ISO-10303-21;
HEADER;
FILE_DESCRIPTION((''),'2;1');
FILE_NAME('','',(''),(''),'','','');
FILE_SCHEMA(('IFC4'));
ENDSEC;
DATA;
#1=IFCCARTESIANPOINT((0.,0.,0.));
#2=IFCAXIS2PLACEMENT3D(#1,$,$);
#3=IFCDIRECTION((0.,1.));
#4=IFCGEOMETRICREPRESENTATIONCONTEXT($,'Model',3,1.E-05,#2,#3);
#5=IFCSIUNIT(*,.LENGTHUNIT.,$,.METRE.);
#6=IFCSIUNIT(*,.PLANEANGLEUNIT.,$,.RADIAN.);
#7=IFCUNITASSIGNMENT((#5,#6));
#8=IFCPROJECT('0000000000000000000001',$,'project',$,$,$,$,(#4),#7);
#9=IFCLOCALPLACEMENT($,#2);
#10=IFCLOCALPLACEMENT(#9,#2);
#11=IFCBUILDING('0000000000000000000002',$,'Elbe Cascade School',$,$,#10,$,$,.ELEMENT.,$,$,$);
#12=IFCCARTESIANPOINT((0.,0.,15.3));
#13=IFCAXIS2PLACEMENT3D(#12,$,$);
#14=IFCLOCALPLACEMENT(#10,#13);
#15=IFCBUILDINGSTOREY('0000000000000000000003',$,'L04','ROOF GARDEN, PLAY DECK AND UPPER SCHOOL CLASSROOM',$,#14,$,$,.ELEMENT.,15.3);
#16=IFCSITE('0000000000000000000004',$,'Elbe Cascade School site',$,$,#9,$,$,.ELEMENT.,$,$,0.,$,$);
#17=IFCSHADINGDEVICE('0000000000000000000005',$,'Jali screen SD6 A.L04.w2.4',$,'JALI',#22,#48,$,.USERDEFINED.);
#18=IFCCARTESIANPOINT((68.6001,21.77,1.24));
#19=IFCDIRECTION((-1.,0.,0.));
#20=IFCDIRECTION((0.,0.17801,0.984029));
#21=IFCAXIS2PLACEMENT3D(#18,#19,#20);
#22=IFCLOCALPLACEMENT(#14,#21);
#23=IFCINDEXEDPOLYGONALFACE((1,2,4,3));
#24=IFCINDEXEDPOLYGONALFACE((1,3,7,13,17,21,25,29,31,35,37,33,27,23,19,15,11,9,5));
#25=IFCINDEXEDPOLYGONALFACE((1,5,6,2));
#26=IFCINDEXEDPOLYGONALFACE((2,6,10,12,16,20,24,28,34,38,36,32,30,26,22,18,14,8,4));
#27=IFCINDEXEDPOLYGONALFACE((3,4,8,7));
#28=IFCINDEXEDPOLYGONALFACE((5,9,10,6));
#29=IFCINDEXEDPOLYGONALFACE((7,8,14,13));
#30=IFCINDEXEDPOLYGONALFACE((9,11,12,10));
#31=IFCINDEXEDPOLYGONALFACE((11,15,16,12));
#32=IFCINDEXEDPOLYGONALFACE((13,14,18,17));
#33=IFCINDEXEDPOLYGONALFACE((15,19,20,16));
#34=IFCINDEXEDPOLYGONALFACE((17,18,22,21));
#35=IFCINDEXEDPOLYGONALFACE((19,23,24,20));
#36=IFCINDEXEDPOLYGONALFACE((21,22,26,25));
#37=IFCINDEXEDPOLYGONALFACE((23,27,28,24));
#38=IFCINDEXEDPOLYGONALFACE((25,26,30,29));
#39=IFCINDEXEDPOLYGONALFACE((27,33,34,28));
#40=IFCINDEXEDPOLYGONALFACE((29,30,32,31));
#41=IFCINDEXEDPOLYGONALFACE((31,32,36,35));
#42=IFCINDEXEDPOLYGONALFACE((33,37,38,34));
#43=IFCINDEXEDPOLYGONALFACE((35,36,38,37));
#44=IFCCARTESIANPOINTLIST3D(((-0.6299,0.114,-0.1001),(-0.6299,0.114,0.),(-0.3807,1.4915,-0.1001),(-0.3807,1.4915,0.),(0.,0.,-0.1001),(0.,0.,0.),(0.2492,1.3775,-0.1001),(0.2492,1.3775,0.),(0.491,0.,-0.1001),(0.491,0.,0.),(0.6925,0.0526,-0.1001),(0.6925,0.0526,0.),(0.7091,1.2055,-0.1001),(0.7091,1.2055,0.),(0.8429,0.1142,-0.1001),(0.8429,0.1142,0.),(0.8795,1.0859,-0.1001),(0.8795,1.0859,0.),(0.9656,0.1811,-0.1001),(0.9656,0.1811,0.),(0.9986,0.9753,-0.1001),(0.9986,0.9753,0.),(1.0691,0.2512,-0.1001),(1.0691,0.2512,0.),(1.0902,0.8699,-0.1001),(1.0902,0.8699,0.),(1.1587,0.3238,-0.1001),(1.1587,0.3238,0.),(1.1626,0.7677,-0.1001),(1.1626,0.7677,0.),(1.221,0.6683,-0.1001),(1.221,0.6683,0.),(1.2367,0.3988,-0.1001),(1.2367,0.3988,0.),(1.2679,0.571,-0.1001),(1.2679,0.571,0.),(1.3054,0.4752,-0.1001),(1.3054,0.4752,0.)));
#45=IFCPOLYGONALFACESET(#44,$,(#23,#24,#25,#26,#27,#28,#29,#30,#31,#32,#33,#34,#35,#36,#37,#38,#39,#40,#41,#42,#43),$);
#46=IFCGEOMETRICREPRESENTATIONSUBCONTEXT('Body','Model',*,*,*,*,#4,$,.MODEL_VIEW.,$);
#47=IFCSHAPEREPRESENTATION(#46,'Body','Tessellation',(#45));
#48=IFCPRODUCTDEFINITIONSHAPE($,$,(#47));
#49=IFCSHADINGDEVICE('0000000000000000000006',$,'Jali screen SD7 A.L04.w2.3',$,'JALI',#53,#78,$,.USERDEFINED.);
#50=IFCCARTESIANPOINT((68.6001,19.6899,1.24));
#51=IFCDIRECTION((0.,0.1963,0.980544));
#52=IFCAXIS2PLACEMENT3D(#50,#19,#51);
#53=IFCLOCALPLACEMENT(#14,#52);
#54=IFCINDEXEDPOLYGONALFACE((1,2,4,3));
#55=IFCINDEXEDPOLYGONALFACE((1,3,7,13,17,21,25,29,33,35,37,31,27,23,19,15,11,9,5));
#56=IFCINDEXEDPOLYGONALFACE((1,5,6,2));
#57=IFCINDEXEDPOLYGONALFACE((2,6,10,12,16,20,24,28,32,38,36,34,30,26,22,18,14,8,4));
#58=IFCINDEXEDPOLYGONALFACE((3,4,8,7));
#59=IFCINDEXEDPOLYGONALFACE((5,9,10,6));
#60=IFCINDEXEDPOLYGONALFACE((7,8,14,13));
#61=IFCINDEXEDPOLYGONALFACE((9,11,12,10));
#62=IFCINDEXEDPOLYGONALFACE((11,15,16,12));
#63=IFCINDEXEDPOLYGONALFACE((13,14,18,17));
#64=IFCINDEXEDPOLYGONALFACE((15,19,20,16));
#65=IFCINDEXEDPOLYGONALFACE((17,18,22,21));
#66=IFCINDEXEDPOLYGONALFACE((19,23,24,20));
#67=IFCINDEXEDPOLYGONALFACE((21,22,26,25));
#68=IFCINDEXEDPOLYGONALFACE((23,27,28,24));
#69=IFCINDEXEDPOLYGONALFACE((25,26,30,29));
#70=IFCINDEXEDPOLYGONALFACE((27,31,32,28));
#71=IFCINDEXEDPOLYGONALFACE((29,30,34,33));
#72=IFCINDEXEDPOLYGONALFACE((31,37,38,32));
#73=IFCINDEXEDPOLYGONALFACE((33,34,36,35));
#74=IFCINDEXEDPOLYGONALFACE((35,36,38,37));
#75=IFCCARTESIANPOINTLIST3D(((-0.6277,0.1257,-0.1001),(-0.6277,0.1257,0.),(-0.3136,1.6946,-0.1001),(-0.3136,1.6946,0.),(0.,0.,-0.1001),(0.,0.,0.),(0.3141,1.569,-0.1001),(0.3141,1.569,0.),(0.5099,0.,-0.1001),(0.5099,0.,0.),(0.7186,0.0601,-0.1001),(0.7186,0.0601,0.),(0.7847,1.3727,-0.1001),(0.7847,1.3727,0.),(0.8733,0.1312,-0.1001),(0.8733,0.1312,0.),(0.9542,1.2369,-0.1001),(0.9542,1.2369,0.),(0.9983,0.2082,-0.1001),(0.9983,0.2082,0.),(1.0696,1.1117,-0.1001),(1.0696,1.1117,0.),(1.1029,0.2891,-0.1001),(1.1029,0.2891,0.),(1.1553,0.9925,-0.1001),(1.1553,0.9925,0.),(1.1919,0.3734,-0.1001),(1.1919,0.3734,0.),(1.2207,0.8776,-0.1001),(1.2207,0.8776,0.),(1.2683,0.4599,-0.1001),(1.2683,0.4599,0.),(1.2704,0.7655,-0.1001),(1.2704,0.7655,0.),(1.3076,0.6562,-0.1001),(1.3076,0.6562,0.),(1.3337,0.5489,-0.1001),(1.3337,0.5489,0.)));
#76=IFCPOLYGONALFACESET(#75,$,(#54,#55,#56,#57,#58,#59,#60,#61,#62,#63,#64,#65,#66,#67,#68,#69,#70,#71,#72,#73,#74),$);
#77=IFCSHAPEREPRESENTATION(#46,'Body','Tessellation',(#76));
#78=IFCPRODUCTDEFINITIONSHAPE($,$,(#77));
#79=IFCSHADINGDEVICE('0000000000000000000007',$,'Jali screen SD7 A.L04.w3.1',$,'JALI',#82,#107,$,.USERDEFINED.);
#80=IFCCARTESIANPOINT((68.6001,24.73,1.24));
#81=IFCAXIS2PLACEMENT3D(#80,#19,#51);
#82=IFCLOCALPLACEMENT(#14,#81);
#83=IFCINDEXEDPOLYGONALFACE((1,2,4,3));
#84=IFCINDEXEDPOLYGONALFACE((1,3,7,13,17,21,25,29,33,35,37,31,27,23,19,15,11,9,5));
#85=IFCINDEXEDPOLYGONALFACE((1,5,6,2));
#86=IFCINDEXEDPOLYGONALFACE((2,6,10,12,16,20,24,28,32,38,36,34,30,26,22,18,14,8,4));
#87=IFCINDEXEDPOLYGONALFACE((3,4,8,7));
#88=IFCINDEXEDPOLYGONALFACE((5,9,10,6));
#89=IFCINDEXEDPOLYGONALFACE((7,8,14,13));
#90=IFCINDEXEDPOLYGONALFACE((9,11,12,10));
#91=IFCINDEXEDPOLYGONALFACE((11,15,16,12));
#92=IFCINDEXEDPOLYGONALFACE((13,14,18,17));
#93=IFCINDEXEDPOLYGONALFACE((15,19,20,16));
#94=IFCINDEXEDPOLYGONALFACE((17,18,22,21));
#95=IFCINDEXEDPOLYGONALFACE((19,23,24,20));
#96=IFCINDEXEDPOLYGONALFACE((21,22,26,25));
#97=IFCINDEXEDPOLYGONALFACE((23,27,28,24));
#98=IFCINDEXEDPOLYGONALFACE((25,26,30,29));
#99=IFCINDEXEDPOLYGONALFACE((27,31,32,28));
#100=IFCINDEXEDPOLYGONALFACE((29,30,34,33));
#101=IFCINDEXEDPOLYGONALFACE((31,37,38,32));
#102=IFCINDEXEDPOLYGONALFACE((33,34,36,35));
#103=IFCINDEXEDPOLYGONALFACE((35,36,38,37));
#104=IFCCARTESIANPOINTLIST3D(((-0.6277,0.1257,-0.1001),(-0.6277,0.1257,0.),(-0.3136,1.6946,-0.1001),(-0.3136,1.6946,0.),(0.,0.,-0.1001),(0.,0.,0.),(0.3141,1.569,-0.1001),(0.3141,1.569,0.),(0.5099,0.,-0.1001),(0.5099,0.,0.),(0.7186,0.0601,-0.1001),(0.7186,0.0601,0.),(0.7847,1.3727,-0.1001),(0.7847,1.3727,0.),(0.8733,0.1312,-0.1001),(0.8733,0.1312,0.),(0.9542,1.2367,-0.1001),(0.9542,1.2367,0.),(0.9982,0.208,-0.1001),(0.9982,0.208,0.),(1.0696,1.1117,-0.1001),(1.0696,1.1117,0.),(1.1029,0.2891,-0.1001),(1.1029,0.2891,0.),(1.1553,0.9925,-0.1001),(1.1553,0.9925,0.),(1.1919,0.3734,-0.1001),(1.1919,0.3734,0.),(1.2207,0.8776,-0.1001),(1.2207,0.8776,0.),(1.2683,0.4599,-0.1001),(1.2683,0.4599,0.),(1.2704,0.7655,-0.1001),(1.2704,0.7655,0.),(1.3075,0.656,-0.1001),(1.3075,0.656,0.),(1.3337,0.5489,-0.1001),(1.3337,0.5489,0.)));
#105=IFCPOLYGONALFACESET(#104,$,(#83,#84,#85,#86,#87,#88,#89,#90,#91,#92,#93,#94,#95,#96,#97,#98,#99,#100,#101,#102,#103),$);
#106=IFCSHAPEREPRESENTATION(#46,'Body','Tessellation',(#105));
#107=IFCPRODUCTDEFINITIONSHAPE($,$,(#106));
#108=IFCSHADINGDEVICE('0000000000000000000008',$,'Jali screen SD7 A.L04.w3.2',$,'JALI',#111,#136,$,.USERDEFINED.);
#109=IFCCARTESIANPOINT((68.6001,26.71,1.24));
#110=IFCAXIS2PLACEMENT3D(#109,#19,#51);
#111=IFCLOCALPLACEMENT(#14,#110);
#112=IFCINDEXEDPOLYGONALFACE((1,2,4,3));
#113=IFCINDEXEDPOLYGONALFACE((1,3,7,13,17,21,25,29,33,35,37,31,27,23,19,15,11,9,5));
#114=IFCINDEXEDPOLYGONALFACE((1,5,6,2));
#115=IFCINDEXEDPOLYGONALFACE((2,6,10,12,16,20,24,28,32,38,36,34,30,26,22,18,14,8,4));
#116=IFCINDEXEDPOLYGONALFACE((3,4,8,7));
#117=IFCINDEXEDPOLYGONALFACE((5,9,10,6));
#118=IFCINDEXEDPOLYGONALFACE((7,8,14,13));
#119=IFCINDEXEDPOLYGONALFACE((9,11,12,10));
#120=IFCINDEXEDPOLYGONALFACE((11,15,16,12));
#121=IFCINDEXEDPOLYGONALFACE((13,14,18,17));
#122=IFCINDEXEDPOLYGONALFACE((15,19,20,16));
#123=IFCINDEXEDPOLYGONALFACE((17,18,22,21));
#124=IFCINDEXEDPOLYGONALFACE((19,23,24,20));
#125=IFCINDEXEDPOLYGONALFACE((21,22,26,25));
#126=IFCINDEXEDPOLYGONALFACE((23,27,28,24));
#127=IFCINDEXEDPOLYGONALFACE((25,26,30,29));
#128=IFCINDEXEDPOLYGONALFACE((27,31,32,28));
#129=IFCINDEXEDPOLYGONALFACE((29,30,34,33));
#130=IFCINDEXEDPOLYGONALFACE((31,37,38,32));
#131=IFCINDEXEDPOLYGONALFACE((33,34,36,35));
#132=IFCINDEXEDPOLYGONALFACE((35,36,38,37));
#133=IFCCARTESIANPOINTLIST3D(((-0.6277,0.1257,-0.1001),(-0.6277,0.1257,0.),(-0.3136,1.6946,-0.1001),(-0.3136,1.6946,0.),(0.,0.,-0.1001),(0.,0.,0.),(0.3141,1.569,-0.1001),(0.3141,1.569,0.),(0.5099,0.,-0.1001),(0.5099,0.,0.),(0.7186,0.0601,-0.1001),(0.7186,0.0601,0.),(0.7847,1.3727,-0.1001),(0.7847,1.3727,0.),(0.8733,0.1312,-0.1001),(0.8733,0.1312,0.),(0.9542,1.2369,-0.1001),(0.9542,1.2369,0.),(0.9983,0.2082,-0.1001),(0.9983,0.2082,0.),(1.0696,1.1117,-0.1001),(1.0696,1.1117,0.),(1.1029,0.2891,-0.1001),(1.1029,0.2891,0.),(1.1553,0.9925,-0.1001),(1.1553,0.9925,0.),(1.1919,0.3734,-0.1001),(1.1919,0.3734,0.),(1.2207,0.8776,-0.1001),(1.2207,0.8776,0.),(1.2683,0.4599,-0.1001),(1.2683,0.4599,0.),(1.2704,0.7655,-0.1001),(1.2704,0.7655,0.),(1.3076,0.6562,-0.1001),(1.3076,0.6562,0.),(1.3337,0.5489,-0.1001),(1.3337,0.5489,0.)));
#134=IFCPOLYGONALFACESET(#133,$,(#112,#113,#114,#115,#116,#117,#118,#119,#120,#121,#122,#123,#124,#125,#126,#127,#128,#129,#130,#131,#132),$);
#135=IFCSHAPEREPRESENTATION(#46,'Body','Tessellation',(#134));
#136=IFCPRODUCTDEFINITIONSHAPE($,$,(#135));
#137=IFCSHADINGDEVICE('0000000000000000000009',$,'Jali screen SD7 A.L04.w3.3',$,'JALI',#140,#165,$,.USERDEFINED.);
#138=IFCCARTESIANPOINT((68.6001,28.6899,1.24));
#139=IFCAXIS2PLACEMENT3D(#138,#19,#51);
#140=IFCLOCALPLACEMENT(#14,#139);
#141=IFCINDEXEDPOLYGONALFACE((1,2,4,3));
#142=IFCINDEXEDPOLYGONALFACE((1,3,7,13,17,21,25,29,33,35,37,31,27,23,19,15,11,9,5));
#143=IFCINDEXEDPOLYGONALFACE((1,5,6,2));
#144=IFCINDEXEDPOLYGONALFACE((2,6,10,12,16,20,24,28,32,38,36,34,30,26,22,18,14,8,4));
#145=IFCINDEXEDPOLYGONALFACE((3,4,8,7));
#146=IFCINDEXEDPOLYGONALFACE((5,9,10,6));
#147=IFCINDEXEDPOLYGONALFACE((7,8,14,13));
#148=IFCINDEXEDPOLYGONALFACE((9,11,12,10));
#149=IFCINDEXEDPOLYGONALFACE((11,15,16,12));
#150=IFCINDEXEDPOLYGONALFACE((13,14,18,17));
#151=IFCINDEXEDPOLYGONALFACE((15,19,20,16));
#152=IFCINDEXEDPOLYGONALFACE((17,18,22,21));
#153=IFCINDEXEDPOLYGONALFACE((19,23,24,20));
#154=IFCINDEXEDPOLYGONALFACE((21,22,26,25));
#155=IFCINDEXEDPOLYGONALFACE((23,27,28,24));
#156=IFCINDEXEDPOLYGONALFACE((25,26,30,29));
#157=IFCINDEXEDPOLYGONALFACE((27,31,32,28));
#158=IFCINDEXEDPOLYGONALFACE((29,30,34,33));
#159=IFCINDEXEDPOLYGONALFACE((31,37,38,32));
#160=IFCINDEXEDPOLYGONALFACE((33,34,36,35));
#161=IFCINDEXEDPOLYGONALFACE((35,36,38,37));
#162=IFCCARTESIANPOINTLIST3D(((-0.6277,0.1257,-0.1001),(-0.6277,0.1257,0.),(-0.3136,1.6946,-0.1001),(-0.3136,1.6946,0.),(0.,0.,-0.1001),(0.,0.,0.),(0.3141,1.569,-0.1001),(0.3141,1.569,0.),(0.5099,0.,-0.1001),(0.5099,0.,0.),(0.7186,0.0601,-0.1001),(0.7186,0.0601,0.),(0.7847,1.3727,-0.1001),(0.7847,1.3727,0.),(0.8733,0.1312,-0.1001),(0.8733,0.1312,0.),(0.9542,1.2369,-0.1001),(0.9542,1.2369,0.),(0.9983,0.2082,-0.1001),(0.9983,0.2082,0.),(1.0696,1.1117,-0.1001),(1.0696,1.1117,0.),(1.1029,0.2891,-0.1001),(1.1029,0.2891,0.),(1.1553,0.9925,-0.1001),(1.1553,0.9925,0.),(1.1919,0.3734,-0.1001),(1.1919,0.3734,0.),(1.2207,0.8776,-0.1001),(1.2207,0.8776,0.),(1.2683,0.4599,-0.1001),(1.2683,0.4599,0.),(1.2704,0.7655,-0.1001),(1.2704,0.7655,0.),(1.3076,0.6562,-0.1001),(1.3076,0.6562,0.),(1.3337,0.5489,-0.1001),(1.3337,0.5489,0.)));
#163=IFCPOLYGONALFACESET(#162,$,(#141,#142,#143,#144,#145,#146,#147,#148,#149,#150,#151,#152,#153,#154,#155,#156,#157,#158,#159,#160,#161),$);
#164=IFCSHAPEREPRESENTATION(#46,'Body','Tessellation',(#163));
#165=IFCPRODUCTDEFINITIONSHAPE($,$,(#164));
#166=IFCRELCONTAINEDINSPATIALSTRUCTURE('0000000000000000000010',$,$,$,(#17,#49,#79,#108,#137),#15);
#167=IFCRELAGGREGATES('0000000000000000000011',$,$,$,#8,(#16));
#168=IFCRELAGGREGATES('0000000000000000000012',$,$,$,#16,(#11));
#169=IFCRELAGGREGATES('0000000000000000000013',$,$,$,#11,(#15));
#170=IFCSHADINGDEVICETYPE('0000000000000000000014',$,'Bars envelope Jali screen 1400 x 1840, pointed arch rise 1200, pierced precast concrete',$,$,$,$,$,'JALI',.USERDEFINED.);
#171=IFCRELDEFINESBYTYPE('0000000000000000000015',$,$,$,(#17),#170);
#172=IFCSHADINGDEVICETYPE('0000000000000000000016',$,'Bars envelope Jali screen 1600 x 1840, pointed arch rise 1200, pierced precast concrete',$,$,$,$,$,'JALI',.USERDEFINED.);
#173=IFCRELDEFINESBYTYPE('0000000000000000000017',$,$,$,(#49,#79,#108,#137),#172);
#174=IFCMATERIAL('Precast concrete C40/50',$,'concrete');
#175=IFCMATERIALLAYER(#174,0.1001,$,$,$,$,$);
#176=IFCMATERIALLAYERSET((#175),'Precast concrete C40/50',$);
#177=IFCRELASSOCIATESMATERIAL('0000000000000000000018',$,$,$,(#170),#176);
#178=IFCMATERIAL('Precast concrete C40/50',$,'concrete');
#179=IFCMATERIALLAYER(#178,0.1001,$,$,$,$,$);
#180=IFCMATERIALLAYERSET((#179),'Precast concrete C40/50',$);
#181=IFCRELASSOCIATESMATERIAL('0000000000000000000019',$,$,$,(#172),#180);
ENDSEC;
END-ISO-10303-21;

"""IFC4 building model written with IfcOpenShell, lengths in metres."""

from ifc_helpers import new_model, si_unit, direction, frame, origin, place, context, subcontext, project, spatial, polyline, outline, extrude, material, layer, layer_set, type_object, element, save


model = new_model("IFC4")

# Units and contexts
model_context = context("Model", 3, precision=1e-05, world=origin(), true_north=direction((0.0, 1.0)))
body_context = subcontext(model_context, "Body", "Model", "MODEL_VIEW")
ifc_project = project(units=[si_unit("LENGTHUNIT", "METRE"), si_unit("PLANEANGLEUNIT", "RADIAN")], contexts=[model_context])

# Site, building, storey
site_placement = place(None, origin())
site = spatial("IfcSite", under=ifc_project, at=site_placement, Name="Elbe Cascade School site", CompositionType="ELEMENT", RefElevation=0.0)
building_placement = place(site_placement, origin())
building = spatial("IfcBuilding", under=site, at=building_placement, Name="Elbe Cascade School", CompositionType="ELEMENT")
storey_placement = place(building_placement, frame((0.0, 0.0, 15.3)))
storey = spatial("IfcBuildingStorey", under=building, at=storey_placement, Name="L04", Description="ROOF GARDEN, PLAY DECK AND UPPER SCHOOL CLASSROOM", CompositionType="ELEMENT", Elevation=15.3)

# Shading devices
ifc_material_1 = material(Name="Precast concrete C40/50", Category="concrete")
ifc_layer_1 = layer(ifc_material_1, 0.1001)
ifc_layer_set_1 = layer_set([ifc_layer_1], Name="Precast concrete C40/50")
shading_device_type_1 = type_object("IfcShadingDeviceType", Name="Bars envelope Jali screen 1400 x 1840, pointed arch rise 1200, pierced precast concrete", ElementType="JALI", PredefinedType="USERDEFINED", material=ifc_layer_set_1)
shading_device_1_placement = place(storey_placement, frame((68.6001, 21.77, 1.24), z_axis=(-1.0, 0.0, 0.0), x_axis=(0.0, 0.17801, 0.984029)))
element("IfcShadingDevice", 1, at=shading_device_1_placement, inside=storey, type_object=shading_device_type_1, Name="Jali screen SD6 A.L04.w2.4", ObjectType="JALI", PredefinedType="USERDEFINED", context=body_context, shape_type="SweptSolid", body=[
    extrude(outline(polyline([(0.0, 0.0), (0.491, 0.0), (0.6925, 0.0526), (0.8429, 0.1142), (0.9656, 0.1811), (1.0691, 0.2512), (1.1587, 0.3238), (1.2367, 0.3988), (1.3054, 0.4752), (1.2679, 0.571), (1.221, 0.6683), (1.1626, 0.7677), (1.0902, 0.8699), (0.9986, 0.9753), (0.8795, 1.0859), (0.7091, 1.2055), (0.2492, 1.3775), (-0.3807, 1.4915), (-0.6299, 0.114), (0.0, 0.0)])), origin(), (0.0, 0.0, -1.0), 0.1001),
])
ifc_material_2 = material(Name="Precast concrete C40/50", Category="concrete")
ifc_layer_2 = layer(ifc_material_2, 0.1001)
ifc_layer_set_2 = layer_set([ifc_layer_2], Name="Precast concrete C40/50")
shading_device_type_2 = type_object("IfcShadingDeviceType", Name="Bars envelope Jali screen 1600 x 1840, pointed arch rise 1200, pierced precast concrete", ElementType="JALI", PredefinedType="USERDEFINED", material=ifc_layer_set_2)
shading_device_2_placement = place(storey_placement, frame((68.6001, 19.6899, 1.24), z_axis=(-1.0, 0.0, 0.0), x_axis=(0.0, 0.1963, 0.980544)))
element("IfcShadingDevice", 2, at=shading_device_2_placement, inside=storey, type_object=shading_device_type_2, Name="Jali screen SD7 A.L04.w2.3", ObjectType="JALI", PredefinedType="USERDEFINED", context=body_context, shape_type="SweptSolid", body=[
    extrude(outline(polyline([(0.0, 0.0), (0.5099, 0.0), (0.7186, 0.0601), (0.8733, 0.1312), (0.9983, 0.2082), (1.1029, 0.2891), (1.1919, 0.3734), (1.2683, 0.4599), (1.3337, 0.5489), (1.3076, 0.6562), (1.2704, 0.7655), (1.2207, 0.8776), (1.1553, 0.9925), (1.0696, 1.1117), (0.9542, 1.2369), (0.7847, 1.3727), (0.3141, 1.569), (-0.3136, 1.6946), (-0.6277, 0.1257), (0.0, 0.0)])), origin(), (0.0, 0.0, -1.0), 0.1001),
])
shading_device_3_placement = place(storey_placement, frame((68.6001, 24.73, 1.24), z_axis=(-1.0, 0.0, 0.0), x_axis=(0.0, 0.1963, 0.980544)))
element("IfcShadingDevice", 3, at=shading_device_3_placement, inside=storey, type_object=shading_device_type_2, Name="Jali screen SD7 A.L04.w3.1", ObjectType="JALI", PredefinedType="USERDEFINED", context=body_context, shape_type="SweptSolid", body=[
    extrude(outline(polyline([(0.0, 0.0), (0.5099, 0.0), (0.7186, 0.0601), (0.8733, 0.1312), (0.9982, 0.208), (1.1029, 0.2891), (1.1919, 0.3734), (1.2683, 0.4599), (1.3337, 0.5489), (1.3075, 0.656), (1.2704, 0.7655), (1.2207, 0.8776), (1.1553, 0.9925), (1.0696, 1.1117), (0.9542, 1.2367), (0.7847, 1.3727), (0.3141, 1.569), (-0.3136, 1.6946), (-0.6277, 0.1257), (0.0, 0.0)])), origin(), (0.0, 0.0, -1.0), 0.1001),
])
for number, where, z_axis, x_axis, name in (
    (4, (68.6001, 26.71, 1.24), (-1.0, 0.0, 0.0), (0.0, 0.1963, 0.980544), "Jali screen SD7 A.L04.w3.2"),
    (5, (68.6001, 28.6899, 1.24), (-1.0, 0.0, 0.0), (0.0, 0.1963, 0.980544), "Jali screen SD7 A.L04.w3.3"),
):
    element("IfcShadingDevice", number, at=place(storey_placement, frame(where, z_axis=z_axis, x_axis=x_axis)), inside=storey, type_object=shading_device_type_2, Name=name, ObjectType="JALI", PredefinedType="USERDEFINED", context=body_context, shape_type="SweptSolid", body=[
        extrude(outline(polyline([(0.0, 0.0), (0.5099, 0.0), (0.7186, 0.0601), (0.8733, 0.1312), (0.9983, 0.2082), (1.1029, 0.2891), (1.1919, 0.3734), (1.2683, 0.4599), (1.3337, 0.5489), (1.3076, 0.6562), (1.2704, 0.7655), (1.2207, 0.8776), (1.1553, 0.9925), (1.0696, 1.1117), (0.9542, 1.2369), (0.7847, 1.3727), (0.3141, 1.569), (-0.3136, 1.6946), (-0.6277, 0.1257), (0.0, 0.0)])), origin(), (0.0, 0.0, -1.0), 0.1001),
    ])

save(model, "model.ifc")
